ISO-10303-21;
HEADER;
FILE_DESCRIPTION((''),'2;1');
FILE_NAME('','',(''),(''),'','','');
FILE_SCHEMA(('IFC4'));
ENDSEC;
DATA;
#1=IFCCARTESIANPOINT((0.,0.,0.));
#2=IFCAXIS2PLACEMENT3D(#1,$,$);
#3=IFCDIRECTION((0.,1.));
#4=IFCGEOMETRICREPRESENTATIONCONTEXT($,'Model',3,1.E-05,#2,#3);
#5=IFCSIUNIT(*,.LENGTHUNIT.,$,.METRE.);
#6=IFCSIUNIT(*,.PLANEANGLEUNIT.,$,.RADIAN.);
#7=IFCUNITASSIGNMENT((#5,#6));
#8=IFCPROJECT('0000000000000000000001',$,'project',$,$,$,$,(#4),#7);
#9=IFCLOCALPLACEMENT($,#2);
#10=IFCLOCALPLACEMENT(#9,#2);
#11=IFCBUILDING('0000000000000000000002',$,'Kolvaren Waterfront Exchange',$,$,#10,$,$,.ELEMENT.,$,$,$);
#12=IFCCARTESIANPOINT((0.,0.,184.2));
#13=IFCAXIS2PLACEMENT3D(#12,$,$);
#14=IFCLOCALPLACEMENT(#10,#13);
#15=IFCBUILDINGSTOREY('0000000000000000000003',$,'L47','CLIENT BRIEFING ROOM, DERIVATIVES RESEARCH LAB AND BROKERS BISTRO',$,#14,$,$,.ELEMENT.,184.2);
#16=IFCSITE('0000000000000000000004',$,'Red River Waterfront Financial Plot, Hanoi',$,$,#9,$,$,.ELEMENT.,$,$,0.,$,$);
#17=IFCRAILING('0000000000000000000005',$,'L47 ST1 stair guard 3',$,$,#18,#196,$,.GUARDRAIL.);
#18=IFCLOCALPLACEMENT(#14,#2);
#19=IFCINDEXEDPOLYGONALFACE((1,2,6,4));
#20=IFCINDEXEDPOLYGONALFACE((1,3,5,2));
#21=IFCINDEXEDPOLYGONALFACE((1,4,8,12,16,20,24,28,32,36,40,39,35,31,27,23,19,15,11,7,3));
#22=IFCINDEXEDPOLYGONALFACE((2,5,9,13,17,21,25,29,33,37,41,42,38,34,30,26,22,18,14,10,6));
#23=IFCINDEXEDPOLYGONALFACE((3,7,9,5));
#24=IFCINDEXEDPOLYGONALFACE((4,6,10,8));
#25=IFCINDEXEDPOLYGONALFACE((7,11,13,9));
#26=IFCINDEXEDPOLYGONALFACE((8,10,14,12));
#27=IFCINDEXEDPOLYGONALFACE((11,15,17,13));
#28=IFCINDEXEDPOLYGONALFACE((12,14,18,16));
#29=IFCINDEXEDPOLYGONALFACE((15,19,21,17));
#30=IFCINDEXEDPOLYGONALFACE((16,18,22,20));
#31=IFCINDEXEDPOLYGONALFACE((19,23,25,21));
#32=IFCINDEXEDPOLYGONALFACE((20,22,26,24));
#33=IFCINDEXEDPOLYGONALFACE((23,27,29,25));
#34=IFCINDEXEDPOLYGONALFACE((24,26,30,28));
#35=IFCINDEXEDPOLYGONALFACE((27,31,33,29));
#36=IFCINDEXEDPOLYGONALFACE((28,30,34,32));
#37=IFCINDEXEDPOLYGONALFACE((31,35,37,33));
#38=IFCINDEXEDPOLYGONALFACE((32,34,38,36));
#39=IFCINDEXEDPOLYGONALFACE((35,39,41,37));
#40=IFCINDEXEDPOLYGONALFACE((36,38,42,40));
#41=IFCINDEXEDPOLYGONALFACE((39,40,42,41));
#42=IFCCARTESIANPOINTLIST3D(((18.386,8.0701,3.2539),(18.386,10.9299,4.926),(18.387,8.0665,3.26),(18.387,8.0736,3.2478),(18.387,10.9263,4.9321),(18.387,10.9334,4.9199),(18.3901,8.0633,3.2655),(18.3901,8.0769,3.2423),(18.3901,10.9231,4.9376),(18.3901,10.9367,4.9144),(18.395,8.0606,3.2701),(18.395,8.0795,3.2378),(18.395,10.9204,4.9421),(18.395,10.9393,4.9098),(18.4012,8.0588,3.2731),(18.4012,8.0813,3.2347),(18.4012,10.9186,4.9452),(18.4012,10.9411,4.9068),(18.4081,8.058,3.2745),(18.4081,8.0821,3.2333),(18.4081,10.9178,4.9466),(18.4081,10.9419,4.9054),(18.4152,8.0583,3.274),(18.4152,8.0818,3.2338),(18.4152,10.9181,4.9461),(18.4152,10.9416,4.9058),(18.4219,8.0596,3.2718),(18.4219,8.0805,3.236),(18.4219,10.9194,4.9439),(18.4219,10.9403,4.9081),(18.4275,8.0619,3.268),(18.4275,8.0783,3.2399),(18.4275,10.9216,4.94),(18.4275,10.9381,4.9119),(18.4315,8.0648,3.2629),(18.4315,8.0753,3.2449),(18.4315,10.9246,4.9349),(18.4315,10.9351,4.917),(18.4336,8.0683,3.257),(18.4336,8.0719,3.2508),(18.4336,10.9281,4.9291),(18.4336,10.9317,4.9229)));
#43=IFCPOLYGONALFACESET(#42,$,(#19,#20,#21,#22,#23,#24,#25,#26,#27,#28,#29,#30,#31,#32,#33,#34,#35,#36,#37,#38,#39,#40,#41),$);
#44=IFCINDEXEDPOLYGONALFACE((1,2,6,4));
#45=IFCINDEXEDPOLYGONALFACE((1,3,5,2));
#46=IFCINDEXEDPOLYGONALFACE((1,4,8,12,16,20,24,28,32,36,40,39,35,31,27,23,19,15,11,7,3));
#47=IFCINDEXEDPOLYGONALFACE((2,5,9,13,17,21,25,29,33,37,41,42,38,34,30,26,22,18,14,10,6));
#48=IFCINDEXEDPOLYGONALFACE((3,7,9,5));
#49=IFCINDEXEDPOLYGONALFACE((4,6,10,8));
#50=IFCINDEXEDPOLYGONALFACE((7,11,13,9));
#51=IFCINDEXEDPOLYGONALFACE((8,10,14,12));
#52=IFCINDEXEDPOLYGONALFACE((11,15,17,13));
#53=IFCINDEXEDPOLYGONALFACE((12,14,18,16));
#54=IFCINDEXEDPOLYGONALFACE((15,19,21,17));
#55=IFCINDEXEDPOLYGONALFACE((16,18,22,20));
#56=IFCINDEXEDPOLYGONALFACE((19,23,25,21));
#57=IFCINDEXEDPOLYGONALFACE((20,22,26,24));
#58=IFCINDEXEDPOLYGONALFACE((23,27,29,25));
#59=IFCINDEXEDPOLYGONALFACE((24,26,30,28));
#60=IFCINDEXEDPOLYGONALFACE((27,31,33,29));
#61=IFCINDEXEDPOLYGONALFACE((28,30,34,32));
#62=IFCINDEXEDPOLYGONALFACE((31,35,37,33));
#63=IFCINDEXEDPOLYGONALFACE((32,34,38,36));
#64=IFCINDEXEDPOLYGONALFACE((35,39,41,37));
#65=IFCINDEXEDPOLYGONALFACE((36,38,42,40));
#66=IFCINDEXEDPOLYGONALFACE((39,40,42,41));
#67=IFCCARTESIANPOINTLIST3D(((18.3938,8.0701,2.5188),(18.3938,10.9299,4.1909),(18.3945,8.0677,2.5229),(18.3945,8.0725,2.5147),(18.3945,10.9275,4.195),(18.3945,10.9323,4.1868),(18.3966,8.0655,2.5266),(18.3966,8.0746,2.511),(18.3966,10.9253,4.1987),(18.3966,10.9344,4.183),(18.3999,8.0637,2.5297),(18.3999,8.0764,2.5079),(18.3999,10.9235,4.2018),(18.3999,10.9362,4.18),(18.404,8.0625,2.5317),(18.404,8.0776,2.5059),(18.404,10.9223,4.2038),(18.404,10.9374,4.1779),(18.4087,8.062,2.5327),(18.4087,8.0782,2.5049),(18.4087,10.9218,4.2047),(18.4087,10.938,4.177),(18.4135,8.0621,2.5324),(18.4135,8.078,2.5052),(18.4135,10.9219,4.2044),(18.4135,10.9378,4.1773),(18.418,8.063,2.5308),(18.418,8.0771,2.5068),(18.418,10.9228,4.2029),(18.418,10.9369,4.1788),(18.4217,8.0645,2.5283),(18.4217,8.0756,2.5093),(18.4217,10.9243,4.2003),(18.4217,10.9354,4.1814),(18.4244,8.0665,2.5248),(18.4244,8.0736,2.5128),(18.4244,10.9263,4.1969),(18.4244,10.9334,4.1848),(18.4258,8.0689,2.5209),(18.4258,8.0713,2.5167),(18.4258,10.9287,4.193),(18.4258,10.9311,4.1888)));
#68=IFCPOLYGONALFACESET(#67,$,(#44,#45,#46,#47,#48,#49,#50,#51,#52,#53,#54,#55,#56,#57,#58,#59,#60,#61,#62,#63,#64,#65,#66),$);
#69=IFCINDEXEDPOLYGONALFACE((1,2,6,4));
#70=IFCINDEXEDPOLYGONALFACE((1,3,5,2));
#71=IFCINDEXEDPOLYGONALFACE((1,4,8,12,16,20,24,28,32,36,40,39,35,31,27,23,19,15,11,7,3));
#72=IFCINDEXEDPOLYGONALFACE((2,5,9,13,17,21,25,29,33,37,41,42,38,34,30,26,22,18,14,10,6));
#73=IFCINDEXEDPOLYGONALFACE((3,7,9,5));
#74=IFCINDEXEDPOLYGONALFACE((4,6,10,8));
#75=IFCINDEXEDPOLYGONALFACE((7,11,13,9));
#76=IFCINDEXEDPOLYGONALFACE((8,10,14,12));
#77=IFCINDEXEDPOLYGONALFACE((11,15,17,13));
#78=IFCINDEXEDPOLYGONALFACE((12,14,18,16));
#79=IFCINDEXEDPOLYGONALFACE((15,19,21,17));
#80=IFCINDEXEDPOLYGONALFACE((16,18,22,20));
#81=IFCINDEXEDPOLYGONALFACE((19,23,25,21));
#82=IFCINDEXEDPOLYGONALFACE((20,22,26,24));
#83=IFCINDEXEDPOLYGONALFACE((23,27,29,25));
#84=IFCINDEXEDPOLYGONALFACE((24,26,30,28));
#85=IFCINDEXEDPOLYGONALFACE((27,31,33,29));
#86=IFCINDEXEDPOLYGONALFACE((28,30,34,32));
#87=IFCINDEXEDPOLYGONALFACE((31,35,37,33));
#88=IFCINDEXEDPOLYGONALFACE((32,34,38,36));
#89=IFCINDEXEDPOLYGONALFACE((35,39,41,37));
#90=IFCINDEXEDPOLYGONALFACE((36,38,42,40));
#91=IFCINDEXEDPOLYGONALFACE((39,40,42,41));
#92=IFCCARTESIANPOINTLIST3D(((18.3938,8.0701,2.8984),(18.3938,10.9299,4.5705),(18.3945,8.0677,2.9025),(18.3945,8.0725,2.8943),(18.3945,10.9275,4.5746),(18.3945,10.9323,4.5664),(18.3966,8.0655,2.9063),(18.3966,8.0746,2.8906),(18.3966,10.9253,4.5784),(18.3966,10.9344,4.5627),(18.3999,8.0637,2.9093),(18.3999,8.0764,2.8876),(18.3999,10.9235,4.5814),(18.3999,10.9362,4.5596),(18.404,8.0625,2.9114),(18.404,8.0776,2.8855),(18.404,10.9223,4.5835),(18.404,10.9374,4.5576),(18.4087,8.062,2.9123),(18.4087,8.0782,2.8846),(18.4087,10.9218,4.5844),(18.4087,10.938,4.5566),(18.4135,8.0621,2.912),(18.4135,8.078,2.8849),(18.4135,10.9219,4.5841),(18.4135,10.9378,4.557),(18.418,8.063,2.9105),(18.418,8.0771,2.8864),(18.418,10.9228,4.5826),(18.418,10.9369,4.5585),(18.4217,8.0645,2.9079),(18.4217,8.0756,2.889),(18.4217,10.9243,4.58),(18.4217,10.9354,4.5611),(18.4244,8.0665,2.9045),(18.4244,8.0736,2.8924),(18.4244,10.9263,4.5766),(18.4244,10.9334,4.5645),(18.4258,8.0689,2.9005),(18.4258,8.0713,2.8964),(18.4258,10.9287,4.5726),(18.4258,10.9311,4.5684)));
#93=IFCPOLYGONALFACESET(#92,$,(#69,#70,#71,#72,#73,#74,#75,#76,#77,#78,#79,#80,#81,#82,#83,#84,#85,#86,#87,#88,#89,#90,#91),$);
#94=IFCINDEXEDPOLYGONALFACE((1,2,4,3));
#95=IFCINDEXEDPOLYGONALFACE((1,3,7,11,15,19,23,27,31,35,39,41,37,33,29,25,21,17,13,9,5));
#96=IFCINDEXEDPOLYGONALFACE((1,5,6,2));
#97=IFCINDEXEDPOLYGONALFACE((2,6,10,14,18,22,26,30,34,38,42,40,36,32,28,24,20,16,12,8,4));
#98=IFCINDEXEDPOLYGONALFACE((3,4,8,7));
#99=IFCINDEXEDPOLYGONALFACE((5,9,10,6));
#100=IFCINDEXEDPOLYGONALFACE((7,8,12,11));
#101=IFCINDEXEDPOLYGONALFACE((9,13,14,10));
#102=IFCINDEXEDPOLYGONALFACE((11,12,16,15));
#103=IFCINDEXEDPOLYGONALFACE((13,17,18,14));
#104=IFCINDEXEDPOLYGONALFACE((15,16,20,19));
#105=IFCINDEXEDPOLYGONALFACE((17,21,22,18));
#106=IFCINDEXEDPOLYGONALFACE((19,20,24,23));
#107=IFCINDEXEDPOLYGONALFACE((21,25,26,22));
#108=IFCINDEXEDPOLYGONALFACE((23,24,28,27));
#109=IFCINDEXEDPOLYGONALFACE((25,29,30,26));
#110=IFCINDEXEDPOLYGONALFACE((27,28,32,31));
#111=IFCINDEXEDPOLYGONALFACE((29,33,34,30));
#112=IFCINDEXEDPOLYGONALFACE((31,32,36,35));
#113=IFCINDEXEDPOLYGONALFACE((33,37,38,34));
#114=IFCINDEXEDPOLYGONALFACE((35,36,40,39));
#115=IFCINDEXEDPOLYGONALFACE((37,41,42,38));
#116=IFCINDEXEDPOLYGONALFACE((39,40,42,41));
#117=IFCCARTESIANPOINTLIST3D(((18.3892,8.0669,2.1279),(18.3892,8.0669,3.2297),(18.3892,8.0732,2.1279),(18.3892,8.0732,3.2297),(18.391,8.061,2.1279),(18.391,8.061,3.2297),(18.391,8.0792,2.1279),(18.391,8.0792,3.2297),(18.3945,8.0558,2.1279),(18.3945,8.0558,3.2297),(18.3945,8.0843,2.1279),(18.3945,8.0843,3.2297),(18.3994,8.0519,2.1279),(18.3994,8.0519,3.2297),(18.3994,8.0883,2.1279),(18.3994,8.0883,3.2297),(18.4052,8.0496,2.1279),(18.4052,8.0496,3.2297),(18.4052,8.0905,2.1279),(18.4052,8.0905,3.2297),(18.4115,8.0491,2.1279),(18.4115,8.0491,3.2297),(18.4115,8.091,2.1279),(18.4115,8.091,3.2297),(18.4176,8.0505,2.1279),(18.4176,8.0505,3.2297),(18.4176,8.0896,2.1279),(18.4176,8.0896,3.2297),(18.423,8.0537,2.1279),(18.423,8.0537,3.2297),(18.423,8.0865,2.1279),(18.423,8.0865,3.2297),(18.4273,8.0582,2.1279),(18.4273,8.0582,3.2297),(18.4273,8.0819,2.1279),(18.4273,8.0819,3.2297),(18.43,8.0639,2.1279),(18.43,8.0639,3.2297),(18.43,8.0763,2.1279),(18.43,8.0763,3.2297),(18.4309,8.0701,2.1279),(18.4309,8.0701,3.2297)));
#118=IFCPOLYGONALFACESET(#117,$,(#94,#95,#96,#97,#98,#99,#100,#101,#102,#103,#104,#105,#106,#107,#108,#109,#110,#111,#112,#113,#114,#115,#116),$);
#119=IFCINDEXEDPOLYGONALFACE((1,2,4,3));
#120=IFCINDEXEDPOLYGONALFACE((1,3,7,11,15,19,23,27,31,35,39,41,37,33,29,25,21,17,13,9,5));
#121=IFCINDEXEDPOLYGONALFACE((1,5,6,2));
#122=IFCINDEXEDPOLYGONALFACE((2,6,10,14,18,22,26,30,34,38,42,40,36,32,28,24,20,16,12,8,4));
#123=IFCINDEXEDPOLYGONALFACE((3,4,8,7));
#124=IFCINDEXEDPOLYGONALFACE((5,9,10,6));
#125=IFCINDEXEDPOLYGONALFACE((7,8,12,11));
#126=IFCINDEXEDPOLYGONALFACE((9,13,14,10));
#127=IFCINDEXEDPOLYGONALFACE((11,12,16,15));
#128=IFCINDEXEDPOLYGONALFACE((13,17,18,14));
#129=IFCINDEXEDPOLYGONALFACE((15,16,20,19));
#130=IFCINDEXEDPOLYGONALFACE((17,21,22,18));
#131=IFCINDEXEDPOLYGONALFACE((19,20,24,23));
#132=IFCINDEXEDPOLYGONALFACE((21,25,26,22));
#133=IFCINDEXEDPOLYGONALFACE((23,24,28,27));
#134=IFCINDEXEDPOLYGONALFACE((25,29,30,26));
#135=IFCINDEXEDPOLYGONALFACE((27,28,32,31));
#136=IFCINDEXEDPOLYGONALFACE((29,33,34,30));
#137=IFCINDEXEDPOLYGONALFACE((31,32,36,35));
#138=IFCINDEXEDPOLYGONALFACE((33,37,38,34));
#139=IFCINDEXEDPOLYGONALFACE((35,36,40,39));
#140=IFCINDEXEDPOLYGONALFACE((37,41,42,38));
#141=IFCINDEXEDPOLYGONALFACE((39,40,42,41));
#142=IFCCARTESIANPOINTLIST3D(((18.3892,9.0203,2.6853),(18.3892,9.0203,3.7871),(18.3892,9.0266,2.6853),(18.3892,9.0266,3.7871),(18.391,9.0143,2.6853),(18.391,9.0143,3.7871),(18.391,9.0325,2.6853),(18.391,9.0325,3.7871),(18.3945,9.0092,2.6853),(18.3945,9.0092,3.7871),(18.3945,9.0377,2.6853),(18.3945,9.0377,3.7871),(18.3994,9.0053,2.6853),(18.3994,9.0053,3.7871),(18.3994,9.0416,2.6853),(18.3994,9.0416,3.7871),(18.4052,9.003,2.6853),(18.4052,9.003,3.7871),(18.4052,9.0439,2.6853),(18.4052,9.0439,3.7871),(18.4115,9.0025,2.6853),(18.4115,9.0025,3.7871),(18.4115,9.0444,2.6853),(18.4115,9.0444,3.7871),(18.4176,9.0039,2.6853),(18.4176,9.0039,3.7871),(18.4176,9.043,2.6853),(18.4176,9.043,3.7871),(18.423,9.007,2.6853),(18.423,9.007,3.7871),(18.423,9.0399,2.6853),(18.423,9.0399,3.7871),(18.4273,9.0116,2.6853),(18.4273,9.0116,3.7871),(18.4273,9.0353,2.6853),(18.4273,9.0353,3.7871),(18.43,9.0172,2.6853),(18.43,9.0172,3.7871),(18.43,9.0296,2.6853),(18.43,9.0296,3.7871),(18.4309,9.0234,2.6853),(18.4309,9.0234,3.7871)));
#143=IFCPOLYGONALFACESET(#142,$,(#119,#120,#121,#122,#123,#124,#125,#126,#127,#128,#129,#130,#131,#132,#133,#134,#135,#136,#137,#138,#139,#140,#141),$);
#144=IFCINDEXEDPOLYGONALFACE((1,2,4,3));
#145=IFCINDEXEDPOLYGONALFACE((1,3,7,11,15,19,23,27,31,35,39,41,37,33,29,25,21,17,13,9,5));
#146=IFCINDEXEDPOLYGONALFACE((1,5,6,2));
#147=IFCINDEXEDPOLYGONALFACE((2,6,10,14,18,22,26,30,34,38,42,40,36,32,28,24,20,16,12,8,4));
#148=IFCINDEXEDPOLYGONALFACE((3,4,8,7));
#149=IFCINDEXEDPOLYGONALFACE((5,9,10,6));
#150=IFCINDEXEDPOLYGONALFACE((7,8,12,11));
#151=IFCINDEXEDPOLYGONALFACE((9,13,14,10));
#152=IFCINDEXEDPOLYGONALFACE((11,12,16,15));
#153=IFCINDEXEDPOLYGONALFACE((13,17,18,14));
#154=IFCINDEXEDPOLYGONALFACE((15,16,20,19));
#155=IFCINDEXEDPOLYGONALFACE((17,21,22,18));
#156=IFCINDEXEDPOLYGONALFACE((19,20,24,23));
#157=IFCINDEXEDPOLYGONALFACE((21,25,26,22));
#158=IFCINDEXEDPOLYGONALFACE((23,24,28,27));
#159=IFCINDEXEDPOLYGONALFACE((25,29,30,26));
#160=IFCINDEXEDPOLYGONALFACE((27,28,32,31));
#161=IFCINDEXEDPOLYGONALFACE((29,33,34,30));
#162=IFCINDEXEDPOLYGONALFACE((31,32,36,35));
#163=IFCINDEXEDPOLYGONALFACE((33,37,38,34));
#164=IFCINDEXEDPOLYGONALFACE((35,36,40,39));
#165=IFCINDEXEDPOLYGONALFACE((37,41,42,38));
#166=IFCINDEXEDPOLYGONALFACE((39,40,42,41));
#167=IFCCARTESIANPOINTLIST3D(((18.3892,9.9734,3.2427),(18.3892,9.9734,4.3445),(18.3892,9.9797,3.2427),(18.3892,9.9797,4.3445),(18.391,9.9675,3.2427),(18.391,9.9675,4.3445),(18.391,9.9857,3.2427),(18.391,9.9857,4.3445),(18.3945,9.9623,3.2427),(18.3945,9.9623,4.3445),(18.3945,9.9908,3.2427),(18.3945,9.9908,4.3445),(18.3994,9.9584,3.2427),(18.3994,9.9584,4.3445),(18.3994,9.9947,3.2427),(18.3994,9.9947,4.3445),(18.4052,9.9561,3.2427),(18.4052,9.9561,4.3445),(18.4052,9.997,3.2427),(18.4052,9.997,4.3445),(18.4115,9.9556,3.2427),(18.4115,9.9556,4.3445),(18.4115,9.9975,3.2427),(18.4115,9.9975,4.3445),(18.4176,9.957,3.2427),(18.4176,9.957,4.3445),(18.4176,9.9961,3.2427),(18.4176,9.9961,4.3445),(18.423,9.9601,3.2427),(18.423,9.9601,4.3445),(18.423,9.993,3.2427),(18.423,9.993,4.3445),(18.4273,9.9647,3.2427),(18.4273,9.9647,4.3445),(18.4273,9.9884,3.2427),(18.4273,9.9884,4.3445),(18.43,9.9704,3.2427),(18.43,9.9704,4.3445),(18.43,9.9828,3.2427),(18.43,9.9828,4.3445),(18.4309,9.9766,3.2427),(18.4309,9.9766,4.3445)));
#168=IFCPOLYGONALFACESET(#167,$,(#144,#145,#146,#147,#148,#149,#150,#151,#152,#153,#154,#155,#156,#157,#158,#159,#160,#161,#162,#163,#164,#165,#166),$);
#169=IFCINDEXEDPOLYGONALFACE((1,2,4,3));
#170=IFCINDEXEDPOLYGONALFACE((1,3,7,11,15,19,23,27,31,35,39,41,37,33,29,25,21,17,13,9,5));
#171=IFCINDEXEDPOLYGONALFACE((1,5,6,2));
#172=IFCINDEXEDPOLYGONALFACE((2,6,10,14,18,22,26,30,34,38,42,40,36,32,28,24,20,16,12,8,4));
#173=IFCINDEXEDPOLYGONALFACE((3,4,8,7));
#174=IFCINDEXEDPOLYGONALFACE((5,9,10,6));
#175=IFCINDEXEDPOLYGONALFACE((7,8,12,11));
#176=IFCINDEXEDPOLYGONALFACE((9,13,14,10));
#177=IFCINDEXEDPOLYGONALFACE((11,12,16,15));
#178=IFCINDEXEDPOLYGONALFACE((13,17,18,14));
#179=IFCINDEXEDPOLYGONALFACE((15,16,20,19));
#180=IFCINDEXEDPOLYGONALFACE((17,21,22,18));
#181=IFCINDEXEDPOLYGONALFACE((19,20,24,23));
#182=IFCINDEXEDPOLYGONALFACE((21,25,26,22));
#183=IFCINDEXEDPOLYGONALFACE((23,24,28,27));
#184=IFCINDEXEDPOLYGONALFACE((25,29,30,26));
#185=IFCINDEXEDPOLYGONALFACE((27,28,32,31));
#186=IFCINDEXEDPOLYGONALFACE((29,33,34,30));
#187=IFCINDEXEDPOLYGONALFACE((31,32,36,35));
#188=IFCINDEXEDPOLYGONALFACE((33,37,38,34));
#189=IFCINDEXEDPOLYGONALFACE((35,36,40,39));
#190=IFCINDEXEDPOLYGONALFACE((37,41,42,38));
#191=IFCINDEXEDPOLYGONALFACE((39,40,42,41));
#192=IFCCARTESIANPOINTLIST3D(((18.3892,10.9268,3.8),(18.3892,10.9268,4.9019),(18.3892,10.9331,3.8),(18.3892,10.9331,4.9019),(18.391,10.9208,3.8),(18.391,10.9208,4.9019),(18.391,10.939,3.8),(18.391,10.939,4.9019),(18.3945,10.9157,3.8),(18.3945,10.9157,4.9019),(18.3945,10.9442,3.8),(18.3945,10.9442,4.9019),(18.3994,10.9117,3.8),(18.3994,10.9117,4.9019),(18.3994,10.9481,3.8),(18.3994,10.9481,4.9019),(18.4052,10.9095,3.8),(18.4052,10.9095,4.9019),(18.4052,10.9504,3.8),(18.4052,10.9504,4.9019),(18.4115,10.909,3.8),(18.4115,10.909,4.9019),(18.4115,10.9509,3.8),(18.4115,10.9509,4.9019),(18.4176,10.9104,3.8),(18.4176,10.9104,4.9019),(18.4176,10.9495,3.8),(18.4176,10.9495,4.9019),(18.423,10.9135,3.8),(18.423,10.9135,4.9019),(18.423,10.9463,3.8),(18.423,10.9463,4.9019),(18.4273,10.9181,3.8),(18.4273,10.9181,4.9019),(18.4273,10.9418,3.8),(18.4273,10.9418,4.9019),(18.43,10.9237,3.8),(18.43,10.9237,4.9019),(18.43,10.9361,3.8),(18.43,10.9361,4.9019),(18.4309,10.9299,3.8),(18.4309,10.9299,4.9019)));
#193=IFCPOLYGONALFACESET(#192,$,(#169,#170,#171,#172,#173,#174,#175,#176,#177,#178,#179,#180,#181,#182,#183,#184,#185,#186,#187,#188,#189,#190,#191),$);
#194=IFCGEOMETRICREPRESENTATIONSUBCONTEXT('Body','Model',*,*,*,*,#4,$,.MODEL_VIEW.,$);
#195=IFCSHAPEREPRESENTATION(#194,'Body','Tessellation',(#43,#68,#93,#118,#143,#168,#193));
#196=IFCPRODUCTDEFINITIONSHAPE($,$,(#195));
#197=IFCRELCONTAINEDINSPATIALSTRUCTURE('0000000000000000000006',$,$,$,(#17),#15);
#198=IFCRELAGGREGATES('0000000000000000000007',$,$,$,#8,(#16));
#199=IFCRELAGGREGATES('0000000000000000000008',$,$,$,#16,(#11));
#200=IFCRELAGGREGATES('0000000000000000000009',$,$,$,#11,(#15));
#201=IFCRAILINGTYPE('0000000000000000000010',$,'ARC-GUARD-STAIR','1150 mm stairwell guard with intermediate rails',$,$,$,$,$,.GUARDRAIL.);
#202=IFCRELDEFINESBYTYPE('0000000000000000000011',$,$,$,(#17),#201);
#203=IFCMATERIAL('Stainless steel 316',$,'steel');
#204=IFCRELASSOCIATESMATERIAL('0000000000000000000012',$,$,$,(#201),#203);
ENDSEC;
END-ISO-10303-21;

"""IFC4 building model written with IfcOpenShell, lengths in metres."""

from ifc_helpers import new_model, si_unit, direction, frame, origin, origin_2d, place, context, subcontext, project, spatial, circle, extrude, material, type_object, element, save


model = new_model("IFC4")

# Units and contexts
model_context = context("Model", 3, precision=1e-05, world=origin(), true_north=direction((0.0, 1.0)))
body_context = subcontext(model_context, "Body", "Model", "MODEL_VIEW")
ifc_project = project(units=[si_unit("LENGTHUNIT", "METRE"), si_unit("PLANEANGLEUNIT", "RADIAN")], contexts=[model_context])

# Site, building, storey
site_placement = place(None, origin())
site = spatial("IfcSite", under=ifc_project, at=site_placement, Name="Red River Waterfront Financial Plot, Hanoi", CompositionType="ELEMENT", RefElevation=0.0)
building_placement = place(site_placement, origin())
building = spatial("IfcBuilding", under=site, at=building_placement, Name="Kolvaren Waterfront Exchange", CompositionType="ELEMENT")
storey_placement = place(building_placement, frame((0.0, 0.0, 184.2)))
storey = spatial("IfcBuildingStorey", under=building, at=storey_placement, Name="L47", Description="CLIENT BRIEFING ROOM, DERIVATIVES RESEARCH LAB AND BROKERS BISTRO", CompositionType="ELEMENT", Elevation=184.2)

# Railing
ifc_material_1 = material(Name="Stainless steel 316", Category="steel")
railing_type_1 = type_object("IfcRailingType", Name="ARC-GUARD-STAIR", Description="1150 mm stairwell guard with intermediate rails", PredefinedType="GUARDRAIL", material=ifc_material_1)
railing_1_placement = place(storey_placement, frame((18.4099, 8.0701, 2.1279)))
element("IfcRailing", 1, at=railing_1_placement, inside=storey, type_object=railing_type_1, Name="L47 ST1 stair guard 3", PredefinedType="GUARDRAIL", context=body_context, shape_type="SweptSolid", body=[
    extrude(circle(Radius=0.0239, at=origin_2d()), frame((0.0, 0.0, 1.126), z_axis=(0.0, 0.863271, 0.504741), x_axis=(-1.0, 0.0, 0.0)), (0.0, 0.0, 1.0), 3.3127),
    extrude(circle(Radius=0.0161, at=origin_2d()), frame((0.0, 0.0, 0.3909), z_axis=(0.0, 0.863271, 0.504741), x_axis=(-1.0, 0.0, 0.0)), (0.0, 0.0, 1.0), 3.3127),
    extrude(circle(Radius=0.0161, at=origin_2d()), frame((0.0, 0.0, 0.7705), z_axis=(0.0, 0.863271, 0.504741), x_axis=(-1.0, 0.0, 0.0)), (0.0, 0.0, 1.0), 3.3127),
    extrude(circle(Radius=0.021, at=origin_2d()), origin(), (0.0, 0.0, 1.0), 1.1018),
    extrude(circle(Radius=0.021, at=origin_2d()), frame((0.0, 0.9534, 0.5574)), (0.0, 0.0, 1.0), 1.1018),
    extrude(circle(Radius=0.021, at=origin_2d()), frame((0.0, 1.9065, 1.1147)), (0.0, 0.0, 1.0), 1.1018),
    extrude(circle(Radius=0.021, at=origin_2d()), frame((0.0, 2.8599, 1.6721)), (0.0, 0.0, 1.0), 1.1018),
])

save(model, "model.ifc")
